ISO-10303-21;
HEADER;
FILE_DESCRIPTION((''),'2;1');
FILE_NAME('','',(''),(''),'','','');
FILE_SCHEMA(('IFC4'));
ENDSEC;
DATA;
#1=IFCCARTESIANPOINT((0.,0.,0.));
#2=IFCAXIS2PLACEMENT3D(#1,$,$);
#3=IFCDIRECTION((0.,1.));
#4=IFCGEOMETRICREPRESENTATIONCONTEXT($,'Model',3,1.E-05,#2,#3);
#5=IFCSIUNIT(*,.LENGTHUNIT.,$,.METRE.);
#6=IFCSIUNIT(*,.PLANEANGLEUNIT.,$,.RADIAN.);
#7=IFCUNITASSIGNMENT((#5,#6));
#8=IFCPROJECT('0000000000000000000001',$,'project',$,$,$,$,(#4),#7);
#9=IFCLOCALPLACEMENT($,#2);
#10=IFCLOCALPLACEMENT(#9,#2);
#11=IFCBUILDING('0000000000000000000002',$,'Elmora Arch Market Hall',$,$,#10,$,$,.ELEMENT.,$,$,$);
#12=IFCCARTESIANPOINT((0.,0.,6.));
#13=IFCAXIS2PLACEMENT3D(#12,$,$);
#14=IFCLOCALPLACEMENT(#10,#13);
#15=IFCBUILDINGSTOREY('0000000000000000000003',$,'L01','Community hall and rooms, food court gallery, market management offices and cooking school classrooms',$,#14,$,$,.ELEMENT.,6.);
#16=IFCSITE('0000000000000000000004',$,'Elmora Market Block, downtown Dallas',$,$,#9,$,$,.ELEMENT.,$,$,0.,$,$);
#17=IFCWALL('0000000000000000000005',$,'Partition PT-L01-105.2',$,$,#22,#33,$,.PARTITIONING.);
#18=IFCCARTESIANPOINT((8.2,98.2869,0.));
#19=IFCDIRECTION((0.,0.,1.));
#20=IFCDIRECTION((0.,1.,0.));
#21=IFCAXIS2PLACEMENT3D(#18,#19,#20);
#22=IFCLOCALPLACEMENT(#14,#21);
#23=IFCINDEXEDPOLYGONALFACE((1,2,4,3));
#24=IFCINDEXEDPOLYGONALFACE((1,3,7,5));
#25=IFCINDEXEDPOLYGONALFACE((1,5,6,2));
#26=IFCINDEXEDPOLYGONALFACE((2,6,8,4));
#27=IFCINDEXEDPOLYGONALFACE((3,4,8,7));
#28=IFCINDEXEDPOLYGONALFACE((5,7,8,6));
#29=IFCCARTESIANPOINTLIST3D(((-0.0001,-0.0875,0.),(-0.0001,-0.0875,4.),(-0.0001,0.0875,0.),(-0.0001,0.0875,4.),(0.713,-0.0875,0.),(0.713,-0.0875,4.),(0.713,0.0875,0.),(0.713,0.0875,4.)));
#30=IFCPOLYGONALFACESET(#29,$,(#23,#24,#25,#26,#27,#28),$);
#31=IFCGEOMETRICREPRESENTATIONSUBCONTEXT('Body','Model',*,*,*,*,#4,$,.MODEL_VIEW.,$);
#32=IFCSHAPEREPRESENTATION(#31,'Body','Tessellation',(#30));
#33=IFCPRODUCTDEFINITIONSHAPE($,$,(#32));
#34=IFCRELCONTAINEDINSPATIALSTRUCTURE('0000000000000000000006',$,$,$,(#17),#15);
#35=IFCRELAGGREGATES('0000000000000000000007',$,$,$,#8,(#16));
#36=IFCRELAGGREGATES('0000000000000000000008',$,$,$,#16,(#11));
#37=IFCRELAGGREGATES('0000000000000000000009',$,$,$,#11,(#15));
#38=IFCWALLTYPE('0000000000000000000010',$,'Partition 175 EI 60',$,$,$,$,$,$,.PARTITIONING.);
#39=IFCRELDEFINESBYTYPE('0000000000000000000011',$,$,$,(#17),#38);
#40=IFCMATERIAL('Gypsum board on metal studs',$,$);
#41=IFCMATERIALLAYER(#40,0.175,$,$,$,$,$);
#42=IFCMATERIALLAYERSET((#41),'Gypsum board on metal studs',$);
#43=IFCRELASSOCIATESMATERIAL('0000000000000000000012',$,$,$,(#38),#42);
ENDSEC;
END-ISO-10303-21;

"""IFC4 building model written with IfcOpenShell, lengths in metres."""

from ifc_helpers import new_model, si_unit, direction, frame, frame_2d, origin, place, context, subcontext, project, spatial, rectangle, extrude, material, layer, layer_set, type_object, element, save


model = new_model("IFC4")

# Units and contexts
model_context = context("Model", 3, precision=1e-05, world=origin(), true_north=direction((0.0, 1.0)))
body_context = subcontext(model_context, "Body", "Model", "MODEL_VIEW")
ifc_project = project(units=[si_unit("LENGTHUNIT", "METRE"), si_unit("PLANEANGLEUNIT", "RADIAN")], contexts=[model_context])

# Site, building, storey
site_placement = place(None, origin())
site = spatial("IfcSite", under=ifc_project, at=site_placement, Name="Elmora Market Block, downtown Dallas", CompositionType="ELEMENT", RefElevation=0.0)
building_placement = place(site_placement, origin())
building = spatial("IfcBuilding", under=site, at=building_placement, Name="Elmora Arch Market Hall", CompositionType="ELEMENT")
storey_placement = place(building_placement, frame((0.0, 0.0, 6.0)))
storey = spatial("IfcBuildingStorey", under=building, at=storey_placement, Name="L01", Description="Community hall and rooms, food court gallery, market management offices and cooking school classrooms", CompositionType="ELEMENT", Elevation=6.0)

# Wall
ifc_material_1 = material(Name="Gypsum board on metal studs")
ifc_layer_1 = layer(ifc_material_1, 0.175)
ifc_layer_set_1 = layer_set([ifc_layer_1], Name="Gypsum board on metal studs")
wall_type_1 = type_object("IfcWallType", Name="Partition 175 EI 60", PredefinedType="PARTITIONING", material=ifc_layer_set_1)
wall_1_placement = place(storey_placement, frame((8.2, 98.2869, 0.0), z_axis=(0.0, 0.0, 1.0), x_axis=(0.0, 1.0, 0.0)))
element("IfcWall", 1, at=wall_1_placement, inside=storey, type_object=wall_type_1, Name="Partition PT-L01-105.2", PredefinedType="PARTITIONING", context=body_context, shape_type="SweptSolid", body=[
    extrude(rectangle(XDim=0.7131, YDim=0.175, at=frame_2d((0.3564, 0.0))), origin(), (0.0, 0.0, 1.0), 4.0),
])

save(model, "model.ifc")
